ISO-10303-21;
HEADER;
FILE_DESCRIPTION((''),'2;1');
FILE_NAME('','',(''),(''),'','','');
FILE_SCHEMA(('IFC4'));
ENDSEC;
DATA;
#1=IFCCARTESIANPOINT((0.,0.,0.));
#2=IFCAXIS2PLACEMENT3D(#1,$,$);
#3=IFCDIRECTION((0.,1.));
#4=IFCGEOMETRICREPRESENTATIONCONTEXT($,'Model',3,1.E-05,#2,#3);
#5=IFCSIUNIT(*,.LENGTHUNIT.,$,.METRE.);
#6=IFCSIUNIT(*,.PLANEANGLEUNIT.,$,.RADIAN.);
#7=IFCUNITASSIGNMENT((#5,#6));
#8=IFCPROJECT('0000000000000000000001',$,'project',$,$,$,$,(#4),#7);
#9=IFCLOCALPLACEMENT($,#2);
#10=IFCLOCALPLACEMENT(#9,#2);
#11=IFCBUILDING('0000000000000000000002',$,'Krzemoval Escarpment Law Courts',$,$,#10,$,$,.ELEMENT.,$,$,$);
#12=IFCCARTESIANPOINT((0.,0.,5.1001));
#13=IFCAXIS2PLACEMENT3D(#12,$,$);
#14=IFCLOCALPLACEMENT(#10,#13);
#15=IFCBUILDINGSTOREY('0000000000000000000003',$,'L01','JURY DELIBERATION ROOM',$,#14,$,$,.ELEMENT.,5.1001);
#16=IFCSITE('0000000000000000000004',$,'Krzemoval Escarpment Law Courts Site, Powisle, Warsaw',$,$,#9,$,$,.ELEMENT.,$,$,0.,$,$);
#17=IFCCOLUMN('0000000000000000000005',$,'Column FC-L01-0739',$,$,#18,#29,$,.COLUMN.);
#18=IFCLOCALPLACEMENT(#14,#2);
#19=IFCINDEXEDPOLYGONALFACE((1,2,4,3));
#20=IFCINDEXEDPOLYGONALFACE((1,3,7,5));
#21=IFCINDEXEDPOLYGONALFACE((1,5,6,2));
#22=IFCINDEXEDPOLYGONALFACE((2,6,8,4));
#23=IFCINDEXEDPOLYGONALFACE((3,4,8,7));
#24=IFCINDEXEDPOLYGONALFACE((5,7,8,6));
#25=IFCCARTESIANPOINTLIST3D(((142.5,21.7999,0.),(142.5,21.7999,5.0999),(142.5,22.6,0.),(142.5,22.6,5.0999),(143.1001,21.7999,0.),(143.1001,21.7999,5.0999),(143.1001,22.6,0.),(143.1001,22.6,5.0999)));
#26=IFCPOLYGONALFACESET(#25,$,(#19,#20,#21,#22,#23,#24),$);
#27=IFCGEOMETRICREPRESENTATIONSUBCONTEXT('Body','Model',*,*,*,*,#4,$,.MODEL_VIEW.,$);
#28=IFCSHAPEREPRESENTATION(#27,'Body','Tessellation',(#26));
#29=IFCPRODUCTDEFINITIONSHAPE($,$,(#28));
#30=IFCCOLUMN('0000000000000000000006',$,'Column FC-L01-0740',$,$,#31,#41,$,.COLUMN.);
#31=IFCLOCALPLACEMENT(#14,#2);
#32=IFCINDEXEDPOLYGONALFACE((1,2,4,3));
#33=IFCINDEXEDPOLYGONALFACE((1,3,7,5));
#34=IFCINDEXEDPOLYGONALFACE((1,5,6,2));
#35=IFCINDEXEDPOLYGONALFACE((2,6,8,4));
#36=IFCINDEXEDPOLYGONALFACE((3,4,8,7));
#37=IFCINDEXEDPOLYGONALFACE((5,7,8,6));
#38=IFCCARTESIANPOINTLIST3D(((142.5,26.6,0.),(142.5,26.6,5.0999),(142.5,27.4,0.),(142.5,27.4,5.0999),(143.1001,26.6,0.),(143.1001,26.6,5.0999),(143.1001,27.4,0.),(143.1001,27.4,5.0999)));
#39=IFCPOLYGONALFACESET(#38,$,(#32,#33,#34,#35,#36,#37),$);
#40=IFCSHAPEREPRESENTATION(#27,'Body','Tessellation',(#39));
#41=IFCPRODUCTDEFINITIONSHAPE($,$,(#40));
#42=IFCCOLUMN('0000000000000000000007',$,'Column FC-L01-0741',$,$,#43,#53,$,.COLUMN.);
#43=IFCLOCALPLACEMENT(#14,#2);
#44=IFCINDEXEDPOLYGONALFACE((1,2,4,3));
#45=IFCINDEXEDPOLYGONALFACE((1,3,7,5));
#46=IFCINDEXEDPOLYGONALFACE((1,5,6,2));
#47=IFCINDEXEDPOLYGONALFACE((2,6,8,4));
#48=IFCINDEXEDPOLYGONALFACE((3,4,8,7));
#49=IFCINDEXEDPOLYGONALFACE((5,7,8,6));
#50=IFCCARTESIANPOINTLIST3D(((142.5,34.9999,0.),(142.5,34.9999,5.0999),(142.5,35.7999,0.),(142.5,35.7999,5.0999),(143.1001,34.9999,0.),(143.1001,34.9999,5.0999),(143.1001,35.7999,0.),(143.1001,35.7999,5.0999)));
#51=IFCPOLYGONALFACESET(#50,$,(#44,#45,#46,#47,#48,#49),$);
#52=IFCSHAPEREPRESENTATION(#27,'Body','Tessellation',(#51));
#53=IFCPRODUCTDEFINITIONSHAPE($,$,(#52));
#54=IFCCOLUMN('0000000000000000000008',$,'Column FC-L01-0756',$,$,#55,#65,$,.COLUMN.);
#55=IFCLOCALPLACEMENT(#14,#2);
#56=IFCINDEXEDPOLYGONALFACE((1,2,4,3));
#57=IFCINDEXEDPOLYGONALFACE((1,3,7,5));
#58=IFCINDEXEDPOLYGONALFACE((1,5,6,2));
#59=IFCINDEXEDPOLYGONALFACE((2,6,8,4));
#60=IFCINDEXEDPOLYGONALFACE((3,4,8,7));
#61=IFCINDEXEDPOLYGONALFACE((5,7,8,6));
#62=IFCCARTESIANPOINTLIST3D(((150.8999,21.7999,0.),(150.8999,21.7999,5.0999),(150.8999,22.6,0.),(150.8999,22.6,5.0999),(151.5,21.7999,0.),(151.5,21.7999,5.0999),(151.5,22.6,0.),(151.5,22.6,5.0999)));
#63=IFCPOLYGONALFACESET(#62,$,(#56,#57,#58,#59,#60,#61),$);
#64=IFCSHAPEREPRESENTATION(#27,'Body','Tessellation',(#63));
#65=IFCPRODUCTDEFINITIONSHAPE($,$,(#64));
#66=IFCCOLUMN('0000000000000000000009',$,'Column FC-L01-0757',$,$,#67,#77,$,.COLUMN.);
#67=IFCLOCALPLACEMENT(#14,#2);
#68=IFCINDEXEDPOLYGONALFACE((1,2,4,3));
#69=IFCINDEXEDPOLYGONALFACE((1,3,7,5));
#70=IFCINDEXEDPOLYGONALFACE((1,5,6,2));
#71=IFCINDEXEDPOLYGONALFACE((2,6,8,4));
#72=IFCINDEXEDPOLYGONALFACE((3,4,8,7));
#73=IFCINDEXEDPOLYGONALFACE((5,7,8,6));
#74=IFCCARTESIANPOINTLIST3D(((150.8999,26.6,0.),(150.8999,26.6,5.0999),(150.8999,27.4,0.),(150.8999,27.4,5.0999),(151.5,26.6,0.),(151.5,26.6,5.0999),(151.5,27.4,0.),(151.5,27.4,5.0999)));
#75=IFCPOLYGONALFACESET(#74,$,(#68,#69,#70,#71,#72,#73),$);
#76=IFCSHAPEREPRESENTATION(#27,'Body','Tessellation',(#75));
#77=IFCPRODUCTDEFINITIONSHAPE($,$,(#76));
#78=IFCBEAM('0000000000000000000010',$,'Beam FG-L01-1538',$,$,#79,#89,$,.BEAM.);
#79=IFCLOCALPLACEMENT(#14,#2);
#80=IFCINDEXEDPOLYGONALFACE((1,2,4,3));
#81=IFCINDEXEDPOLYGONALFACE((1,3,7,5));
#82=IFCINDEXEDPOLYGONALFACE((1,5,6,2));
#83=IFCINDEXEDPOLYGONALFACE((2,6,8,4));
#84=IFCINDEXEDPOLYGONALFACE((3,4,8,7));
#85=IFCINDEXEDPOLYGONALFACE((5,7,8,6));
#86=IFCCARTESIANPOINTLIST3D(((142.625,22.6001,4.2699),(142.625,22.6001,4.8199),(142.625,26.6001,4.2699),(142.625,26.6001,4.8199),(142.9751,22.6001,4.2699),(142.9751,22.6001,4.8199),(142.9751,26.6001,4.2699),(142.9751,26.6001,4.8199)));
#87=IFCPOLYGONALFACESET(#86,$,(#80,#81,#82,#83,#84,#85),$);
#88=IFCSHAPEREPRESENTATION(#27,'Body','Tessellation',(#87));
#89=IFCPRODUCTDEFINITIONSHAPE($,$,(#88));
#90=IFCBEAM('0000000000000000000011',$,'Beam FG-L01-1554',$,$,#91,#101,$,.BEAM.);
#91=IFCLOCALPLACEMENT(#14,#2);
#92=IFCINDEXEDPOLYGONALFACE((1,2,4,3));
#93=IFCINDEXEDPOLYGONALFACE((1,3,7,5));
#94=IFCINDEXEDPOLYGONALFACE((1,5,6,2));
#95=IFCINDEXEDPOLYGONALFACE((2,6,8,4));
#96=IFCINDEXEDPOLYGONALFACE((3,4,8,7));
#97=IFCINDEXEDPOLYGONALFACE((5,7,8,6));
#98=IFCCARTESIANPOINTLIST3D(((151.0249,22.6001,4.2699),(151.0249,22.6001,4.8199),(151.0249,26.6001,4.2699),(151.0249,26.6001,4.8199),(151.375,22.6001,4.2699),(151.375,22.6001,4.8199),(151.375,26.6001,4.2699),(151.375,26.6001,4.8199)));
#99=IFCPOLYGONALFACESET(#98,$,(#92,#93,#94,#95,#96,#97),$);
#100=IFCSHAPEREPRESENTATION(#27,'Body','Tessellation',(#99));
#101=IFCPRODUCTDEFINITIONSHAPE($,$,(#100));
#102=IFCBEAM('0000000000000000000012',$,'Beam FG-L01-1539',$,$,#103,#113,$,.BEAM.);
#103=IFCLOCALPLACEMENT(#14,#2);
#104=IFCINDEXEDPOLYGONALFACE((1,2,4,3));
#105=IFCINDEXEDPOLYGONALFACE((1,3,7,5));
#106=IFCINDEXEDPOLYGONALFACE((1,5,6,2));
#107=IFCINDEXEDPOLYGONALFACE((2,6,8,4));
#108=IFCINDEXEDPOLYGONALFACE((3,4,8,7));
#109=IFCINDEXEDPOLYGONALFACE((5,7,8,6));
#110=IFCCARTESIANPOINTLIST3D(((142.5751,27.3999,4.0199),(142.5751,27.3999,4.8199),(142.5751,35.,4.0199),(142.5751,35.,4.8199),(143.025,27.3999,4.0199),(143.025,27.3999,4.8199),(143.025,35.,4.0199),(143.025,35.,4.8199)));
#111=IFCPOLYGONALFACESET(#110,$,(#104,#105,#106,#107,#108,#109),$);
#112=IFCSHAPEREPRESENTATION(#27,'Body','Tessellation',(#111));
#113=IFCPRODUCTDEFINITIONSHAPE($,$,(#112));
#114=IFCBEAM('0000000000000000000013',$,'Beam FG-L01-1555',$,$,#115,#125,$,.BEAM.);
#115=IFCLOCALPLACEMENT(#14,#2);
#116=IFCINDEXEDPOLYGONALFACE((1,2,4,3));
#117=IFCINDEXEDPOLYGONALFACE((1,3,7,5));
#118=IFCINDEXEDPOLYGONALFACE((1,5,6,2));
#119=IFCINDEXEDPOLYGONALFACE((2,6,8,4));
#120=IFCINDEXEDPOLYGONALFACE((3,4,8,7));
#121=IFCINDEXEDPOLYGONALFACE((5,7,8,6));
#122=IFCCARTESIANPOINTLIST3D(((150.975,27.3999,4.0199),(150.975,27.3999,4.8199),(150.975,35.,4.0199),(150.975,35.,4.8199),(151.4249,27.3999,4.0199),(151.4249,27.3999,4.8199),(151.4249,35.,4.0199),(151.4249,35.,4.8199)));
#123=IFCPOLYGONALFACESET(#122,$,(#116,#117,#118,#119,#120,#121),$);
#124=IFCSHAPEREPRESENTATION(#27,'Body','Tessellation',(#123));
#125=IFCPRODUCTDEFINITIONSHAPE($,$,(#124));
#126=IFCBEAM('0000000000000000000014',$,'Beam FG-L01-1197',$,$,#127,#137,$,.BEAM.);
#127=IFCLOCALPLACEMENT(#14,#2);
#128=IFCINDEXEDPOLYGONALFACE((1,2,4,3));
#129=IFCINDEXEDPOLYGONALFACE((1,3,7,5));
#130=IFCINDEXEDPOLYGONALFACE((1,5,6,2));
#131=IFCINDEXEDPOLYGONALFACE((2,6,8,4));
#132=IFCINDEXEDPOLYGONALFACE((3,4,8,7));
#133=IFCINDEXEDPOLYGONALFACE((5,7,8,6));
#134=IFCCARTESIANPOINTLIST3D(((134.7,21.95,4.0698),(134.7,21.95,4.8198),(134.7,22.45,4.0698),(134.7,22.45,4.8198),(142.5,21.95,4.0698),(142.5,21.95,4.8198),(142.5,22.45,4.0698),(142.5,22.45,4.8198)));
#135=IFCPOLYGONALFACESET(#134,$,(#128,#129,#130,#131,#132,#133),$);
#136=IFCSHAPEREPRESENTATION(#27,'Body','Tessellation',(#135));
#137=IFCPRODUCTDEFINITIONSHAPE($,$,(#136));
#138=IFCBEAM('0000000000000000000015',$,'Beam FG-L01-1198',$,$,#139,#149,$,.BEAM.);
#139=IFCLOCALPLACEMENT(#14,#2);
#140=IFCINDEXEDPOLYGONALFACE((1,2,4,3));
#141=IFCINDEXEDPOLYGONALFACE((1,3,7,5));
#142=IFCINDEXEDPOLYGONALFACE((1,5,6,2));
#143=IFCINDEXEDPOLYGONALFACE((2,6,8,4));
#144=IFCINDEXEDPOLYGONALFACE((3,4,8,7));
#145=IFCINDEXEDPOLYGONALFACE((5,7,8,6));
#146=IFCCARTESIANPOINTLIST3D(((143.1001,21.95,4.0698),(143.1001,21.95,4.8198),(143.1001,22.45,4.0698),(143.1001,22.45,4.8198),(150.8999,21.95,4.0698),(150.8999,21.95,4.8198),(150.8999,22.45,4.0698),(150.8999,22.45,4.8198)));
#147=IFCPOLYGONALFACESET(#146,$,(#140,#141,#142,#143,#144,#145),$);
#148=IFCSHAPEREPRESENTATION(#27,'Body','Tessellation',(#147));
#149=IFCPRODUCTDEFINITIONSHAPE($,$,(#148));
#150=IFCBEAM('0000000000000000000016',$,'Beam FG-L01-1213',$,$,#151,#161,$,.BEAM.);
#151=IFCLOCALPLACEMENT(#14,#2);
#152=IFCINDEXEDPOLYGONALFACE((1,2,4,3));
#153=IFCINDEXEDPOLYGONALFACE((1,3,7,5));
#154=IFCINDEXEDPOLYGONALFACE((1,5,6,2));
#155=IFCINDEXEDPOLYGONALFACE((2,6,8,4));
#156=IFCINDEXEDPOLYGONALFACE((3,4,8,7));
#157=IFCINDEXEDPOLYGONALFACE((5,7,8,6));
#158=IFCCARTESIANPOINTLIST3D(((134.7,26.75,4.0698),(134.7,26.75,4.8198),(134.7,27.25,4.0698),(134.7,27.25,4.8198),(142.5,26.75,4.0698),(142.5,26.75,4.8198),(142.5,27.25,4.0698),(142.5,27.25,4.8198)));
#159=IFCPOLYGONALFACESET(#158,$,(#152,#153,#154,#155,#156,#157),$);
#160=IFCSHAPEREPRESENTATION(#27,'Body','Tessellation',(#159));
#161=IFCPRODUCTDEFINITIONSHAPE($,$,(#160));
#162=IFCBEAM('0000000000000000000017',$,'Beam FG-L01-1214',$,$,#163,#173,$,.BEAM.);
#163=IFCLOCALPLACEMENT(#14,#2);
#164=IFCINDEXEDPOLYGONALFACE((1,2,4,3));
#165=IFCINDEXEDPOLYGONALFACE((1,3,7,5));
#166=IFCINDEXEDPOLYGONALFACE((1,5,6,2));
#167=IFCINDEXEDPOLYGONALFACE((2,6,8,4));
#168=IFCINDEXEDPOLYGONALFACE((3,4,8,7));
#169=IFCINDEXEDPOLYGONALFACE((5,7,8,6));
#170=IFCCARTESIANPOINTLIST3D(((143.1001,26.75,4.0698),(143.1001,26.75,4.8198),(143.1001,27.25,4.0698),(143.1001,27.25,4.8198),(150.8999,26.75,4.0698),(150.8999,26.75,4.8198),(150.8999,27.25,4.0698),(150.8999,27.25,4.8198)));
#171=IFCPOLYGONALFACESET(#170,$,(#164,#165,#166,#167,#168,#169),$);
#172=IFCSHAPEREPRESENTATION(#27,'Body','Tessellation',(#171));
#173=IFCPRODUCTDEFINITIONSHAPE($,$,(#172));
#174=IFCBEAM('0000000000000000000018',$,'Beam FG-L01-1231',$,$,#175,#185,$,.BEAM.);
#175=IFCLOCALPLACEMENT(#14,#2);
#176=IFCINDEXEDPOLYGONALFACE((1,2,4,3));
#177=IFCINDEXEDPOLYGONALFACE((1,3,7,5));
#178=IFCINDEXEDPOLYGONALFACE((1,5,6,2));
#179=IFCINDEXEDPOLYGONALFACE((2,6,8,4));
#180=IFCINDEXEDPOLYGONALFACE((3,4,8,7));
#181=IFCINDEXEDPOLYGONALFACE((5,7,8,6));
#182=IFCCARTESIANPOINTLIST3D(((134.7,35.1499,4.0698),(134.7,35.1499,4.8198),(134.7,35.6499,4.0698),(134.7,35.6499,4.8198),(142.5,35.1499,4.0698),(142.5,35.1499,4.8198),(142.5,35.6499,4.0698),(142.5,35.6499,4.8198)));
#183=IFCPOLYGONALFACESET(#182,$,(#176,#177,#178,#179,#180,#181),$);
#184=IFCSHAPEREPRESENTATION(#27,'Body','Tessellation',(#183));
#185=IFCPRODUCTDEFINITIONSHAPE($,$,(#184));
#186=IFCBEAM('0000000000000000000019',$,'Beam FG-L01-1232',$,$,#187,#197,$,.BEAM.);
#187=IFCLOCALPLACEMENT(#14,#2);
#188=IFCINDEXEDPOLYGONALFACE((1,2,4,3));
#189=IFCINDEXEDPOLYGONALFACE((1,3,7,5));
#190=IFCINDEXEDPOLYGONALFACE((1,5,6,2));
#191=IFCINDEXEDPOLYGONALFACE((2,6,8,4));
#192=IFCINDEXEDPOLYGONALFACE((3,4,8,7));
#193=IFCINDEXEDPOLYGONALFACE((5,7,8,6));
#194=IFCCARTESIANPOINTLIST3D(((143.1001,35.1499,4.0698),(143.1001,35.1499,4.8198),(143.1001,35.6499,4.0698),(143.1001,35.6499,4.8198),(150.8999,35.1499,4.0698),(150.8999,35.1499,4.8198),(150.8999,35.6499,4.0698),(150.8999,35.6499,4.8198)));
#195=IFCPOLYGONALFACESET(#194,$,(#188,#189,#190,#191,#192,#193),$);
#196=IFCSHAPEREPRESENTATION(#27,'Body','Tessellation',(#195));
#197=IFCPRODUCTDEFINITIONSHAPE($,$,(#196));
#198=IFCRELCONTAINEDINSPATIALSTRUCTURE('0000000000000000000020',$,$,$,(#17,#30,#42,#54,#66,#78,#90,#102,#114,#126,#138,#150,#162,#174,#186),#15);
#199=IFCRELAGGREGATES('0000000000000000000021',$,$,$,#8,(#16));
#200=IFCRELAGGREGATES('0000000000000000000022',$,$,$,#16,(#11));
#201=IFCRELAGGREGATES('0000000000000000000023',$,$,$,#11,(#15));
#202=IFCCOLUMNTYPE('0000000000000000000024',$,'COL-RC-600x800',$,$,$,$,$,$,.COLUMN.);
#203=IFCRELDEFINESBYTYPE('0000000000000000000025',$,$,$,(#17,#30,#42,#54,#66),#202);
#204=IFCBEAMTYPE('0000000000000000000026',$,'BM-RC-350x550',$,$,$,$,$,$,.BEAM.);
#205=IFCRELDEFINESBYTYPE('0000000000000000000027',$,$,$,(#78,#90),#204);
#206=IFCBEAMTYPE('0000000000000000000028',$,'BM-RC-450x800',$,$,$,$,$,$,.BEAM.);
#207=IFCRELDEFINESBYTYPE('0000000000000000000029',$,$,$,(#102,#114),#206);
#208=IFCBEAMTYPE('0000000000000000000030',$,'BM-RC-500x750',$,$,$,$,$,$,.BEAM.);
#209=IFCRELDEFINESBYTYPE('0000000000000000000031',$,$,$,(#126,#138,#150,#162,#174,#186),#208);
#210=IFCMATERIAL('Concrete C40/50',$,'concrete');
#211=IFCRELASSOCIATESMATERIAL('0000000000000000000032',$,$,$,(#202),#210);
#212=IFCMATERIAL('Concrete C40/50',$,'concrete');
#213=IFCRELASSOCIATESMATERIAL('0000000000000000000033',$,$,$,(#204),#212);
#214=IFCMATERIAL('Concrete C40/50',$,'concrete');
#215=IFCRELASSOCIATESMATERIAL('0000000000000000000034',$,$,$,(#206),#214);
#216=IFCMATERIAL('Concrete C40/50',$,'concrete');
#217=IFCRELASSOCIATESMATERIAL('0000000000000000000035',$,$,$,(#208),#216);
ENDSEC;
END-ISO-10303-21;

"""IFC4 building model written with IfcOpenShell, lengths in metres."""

from ifc_helpers import new_model, si_unit, direction, frame, origin, origin_2d, place, context, subcontext, project, spatial, rectangle, extrude, material, material_profile, profile_set, type_object, element, save


model = new_model("IFC4")

# Units and contexts
model_context = context("Model", 3, precision=1e-05, world=origin(), true_north=direction((0.0, 1.0)))
body_context = subcontext(model_context, "Body", "Model", "MODEL_VIEW")
ifc_project = project(units=[si_unit("LENGTHUNIT", "METRE"), si_unit("PLANEANGLEUNIT", "RADIAN")], contexts=[model_context])

# Site, building, storey
site_placement = place(None, origin())
site = spatial("IfcSite", under=ifc_project, at=site_placement, Name="Krzemoval Escarpment Law Courts Site, Powisle, Warsaw", CompositionType="ELEMENT", RefElevation=0.0)
building_placement = place(site_placement, origin())
building = spatial("IfcBuilding", under=site, at=building_placement, Name="Krzemoval Escarpment Law Courts", CompositionType="ELEMENT")
storey_placement = place(building_placement, frame((0.0, 0.0, 5.1001)))
storey = spatial("IfcBuildingStorey", under=building, at=storey_placement, Name="L01", Description="JURY DELIBERATION ROOM", CompositionType="ELEMENT", Elevation=5.1001)

# Columns
ifc_material_1 = material(Name="Concrete C40/50", Category="concrete")
ifc_material_profile_1 = material_profile(ifc_material_1, rectangle(XDim=0.6001, YDim=0.8, at=origin_2d()), Name="RC 600x800")
ifc_profile_set_1 = profile_set([ifc_material_profile_1], Name="Concrete C40/50")
column_type = type_object("IfcColumnType", Name="COL-RC-600x800", PredefinedType="COLUMN", material=ifc_profile_set_1)
for number, where, z_axis, x_axis, name in (
    (1, (142.8, 22.2, 0.0), (0.0, 0.0, 1.0), (1.0, 0.0, 0.0), "Column FC-L01-0739"),
    (2, (142.8, 27.0, 0.0), (0.0, 0.0, 1.0), (1.0, 0.0, 0.0), "Column FC-L01-0740"),
    (3, (142.8, 35.3999, 0.0), (0.0, 0.0, 1.0), (1.0, 0.0, 0.0), "Column FC-L01-0741"),
    (4, (151.2, 22.2, 0.0), (0.0, 0.0, 1.0), (1.0, 0.0, 0.0), "Column FC-L01-0756"),
    (5, (151.2, 27.0, 0.0), (0.0, 0.0, 1.0), (1.0, 0.0, 0.0), "Column FC-L01-0757"),
):
    element("IfcColumn", number, at=place(storey_placement, frame(where, z_axis=z_axis, x_axis=x_axis)), inside=storey, type_object=column_type, Name=name, PredefinedType="COLUMN", context=body_context, shape_type="SweptSolid", body=[
        extrude(rectangle(XDim=0.6001, YDim=0.8, at=origin_2d()), origin(), (0.0, 0.0, 1.0), 5.0999),
    ])

# Beams
ifc_material_2 = material(Name="Concrete C40/50", Category="concrete")
ifc_material_profile_2 = material_profile(ifc_material_2, rectangle(XDim=0.3501, YDim=0.55, at=origin_2d()), Name="RCB 350x550")
ifc_profile_set_2 = profile_set([ifc_material_profile_2], Name="Concrete C40/50")
beam_type_1 = type_object("IfcBeamType", Name="BM-RC-350x550", PredefinedType="BEAM", material=ifc_profile_set_2)
for number, where, z_axis, x_axis, name in (
    (6, (142.8, 22.6001, 4.5449), (0.0, 1.0, 0.0), (-1.0, 0.0, 0.0), "Beam FG-L01-1538"),
    (7, (151.2, 22.6001, 4.5449), (0.0, 1.0, 0.0), (-1.0, 0.0, 0.0), "Beam FG-L01-1554"),
):
    element("IfcBeam", number, at=place(storey_placement, frame(where, z_axis=z_axis, x_axis=x_axis)), inside=storey, type_object=beam_type_1, Name=name, PredefinedType="BEAM", context=body_context, shape_type="SweptSolid", body=[
        extrude(rectangle(XDim=0.3501, YDim=0.55, at=origin_2d()), origin(), (0.0, 0.0, 1.0), 4.0),
    ])
ifc_material_3 = material(Name="Concrete C40/50", Category="concrete")
ifc_material_profile_3 = material_profile(ifc_material_3, rectangle(XDim=0.45, YDim=0.8, at=origin_2d()), Name="RCB 450x800")
ifc_profile_set_3 = profile_set([ifc_material_profile_3], Name="Concrete C40/50")
beam_type_2 = type_object("IfcBeamType", Name="BM-RC-450x800", PredefinedType="BEAM", material=ifc_profile_set_3)
for number, where, z_axis, x_axis, name in (
    (8, (142.8, 27.3999, 4.4199), (0.0, 1.0, 0.0), (-1.0, 0.0, 0.0), "Beam FG-L01-1539"),
    (9, (151.2, 27.3999, 4.4199), (0.0, 1.0, 0.0), (-1.0, 0.0, 0.0), "Beam FG-L01-1555"),
):
    element("IfcBeam", number, at=place(storey_placement, frame(where, z_axis=z_axis, x_axis=x_axis)), inside=storey, type_object=beam_type_2, Name=name, PredefinedType="BEAM", context=body_context, shape_type="SweptSolid", body=[
        extrude(rectangle(XDim=0.45, YDim=0.8, at=origin_2d()), origin(), (0.0, 0.0, 1.0), 7.6001),
    ])
ifc_material_4 = material(Name="Concrete C40/50", Category="concrete")
ifc_material_profile_4 = material_profile(ifc_material_4, rectangle(XDim=0.5, YDim=0.75, at=origin_2d()), Name="RCB 500x750")
ifc_profile_set_4 = profile_set([ifc_material_profile_4], Name="Concrete C40/50")
beam_type_3 = type_object("IfcBeamType", Name="BM-RC-500x750", PredefinedType="BEAM", material=ifc_profile_set_4)
beam_1_placement = place(storey_placement, frame((134.7, 22.2, 4.4448), z_axis=(1.0, 0.0, 0.0), x_axis=(0.0, 1.0, 0.0)))
element("IfcBeam", 10, at=beam_1_placement, inside=storey, type_object=beam_type_3, Name="Beam FG-L01-1197", PredefinedType="BEAM", context=body_context, shape_type="SweptSolid", body=[
    extrude(rectangle(XDim=0.5, YDim=0.75, at=origin_2d()), origin(), (0.0, 0.0, 1.0), 7.8),
])
beam_2_placement = place(storey_placement, frame((143.1001, 22.2, 4.4448), z_axis=(1.0, 0.0, 0.0), x_axis=(0.0, 1.0, 0.0)))
element("IfcBeam", 11, at=beam_2_placement, inside=storey, type_object=beam_type_3, Name="Beam FG-L01-1198", PredefinedType="BEAM", context=body_context, shape_type="SweptSolid", body=[
    extrude(rectangle(XDim=0.5, YDim=0.75, at=origin_2d()), origin(), (0.0, 0.0, 1.0), 7.7998),
])
beam_3_placement = place(storey_placement, frame((134.7, 27.0, 4.4448), z_axis=(1.0, 0.0, 0.0), x_axis=(0.0, 1.0, 0.0)))
element("IfcBeam", 12, at=beam_3_placement, inside=storey, type_object=beam_type_3, Name="Beam FG-L01-1213", PredefinedType="BEAM", context=body_context, shape_type="SweptSolid", body=[
    extrude(rectangle(XDim=0.5, YDim=0.75, at=origin_2d()), origin(), (0.0, 0.0, 1.0), 7.8),
])
beam_4_placement = place(storey_placement, frame((143.1001, 27.0, 4.4448), z_axis=(1.0, 0.0, 0.0), x_axis=(0.0, 1.0, 0.0)))
element("IfcBeam", 13, at=beam_4_placement, inside=storey, type_object=beam_type_3, Name="Beam FG-L01-1214", PredefinedType="BEAM", context=body_context, shape_type="SweptSolid", body=[
    extrude(rectangle(XDim=0.5, YDim=0.75, at=origin_2d()), origin(), (0.0, 0.0, 1.0), 7.7998),
])
beam_5_placement = place(storey_placement, frame((134.7, 35.3999, 4.4448), z_axis=(1.0, 0.0, 0.0), x_axis=(0.0, 1.0, 0.0)))
element("IfcBeam", 14, at=beam_5_placement, inside=storey, type_object=beam_type_3, Name="Beam FG-L01-1231", PredefinedType="BEAM", context=body_context, shape_type="SweptSolid", body=[
    extrude(rectangle(XDim=0.5, YDim=0.75, at=origin_2d()), origin(), (0.0, 0.0, 1.0), 7.8),
])
beam_6_placement = place(storey_placement, frame((143.1001, 35.3999, 4.4448), z_axis=(1.0, 0.0, 0.0), x_axis=(0.0, 1.0, 0.0)))
element("IfcBeam", 15, at=beam_6_placement, inside=storey, type_object=beam_type_3, Name="Beam FG-L01-1232", PredefinedType="BEAM", context=body_context, shape_type="SweptSolid", body=[
    extrude(rectangle(XDim=0.5, YDim=0.75, at=origin_2d()), origin(), (0.0, 0.0, 1.0), 7.7998),
])

save(model, "model.ifc")
